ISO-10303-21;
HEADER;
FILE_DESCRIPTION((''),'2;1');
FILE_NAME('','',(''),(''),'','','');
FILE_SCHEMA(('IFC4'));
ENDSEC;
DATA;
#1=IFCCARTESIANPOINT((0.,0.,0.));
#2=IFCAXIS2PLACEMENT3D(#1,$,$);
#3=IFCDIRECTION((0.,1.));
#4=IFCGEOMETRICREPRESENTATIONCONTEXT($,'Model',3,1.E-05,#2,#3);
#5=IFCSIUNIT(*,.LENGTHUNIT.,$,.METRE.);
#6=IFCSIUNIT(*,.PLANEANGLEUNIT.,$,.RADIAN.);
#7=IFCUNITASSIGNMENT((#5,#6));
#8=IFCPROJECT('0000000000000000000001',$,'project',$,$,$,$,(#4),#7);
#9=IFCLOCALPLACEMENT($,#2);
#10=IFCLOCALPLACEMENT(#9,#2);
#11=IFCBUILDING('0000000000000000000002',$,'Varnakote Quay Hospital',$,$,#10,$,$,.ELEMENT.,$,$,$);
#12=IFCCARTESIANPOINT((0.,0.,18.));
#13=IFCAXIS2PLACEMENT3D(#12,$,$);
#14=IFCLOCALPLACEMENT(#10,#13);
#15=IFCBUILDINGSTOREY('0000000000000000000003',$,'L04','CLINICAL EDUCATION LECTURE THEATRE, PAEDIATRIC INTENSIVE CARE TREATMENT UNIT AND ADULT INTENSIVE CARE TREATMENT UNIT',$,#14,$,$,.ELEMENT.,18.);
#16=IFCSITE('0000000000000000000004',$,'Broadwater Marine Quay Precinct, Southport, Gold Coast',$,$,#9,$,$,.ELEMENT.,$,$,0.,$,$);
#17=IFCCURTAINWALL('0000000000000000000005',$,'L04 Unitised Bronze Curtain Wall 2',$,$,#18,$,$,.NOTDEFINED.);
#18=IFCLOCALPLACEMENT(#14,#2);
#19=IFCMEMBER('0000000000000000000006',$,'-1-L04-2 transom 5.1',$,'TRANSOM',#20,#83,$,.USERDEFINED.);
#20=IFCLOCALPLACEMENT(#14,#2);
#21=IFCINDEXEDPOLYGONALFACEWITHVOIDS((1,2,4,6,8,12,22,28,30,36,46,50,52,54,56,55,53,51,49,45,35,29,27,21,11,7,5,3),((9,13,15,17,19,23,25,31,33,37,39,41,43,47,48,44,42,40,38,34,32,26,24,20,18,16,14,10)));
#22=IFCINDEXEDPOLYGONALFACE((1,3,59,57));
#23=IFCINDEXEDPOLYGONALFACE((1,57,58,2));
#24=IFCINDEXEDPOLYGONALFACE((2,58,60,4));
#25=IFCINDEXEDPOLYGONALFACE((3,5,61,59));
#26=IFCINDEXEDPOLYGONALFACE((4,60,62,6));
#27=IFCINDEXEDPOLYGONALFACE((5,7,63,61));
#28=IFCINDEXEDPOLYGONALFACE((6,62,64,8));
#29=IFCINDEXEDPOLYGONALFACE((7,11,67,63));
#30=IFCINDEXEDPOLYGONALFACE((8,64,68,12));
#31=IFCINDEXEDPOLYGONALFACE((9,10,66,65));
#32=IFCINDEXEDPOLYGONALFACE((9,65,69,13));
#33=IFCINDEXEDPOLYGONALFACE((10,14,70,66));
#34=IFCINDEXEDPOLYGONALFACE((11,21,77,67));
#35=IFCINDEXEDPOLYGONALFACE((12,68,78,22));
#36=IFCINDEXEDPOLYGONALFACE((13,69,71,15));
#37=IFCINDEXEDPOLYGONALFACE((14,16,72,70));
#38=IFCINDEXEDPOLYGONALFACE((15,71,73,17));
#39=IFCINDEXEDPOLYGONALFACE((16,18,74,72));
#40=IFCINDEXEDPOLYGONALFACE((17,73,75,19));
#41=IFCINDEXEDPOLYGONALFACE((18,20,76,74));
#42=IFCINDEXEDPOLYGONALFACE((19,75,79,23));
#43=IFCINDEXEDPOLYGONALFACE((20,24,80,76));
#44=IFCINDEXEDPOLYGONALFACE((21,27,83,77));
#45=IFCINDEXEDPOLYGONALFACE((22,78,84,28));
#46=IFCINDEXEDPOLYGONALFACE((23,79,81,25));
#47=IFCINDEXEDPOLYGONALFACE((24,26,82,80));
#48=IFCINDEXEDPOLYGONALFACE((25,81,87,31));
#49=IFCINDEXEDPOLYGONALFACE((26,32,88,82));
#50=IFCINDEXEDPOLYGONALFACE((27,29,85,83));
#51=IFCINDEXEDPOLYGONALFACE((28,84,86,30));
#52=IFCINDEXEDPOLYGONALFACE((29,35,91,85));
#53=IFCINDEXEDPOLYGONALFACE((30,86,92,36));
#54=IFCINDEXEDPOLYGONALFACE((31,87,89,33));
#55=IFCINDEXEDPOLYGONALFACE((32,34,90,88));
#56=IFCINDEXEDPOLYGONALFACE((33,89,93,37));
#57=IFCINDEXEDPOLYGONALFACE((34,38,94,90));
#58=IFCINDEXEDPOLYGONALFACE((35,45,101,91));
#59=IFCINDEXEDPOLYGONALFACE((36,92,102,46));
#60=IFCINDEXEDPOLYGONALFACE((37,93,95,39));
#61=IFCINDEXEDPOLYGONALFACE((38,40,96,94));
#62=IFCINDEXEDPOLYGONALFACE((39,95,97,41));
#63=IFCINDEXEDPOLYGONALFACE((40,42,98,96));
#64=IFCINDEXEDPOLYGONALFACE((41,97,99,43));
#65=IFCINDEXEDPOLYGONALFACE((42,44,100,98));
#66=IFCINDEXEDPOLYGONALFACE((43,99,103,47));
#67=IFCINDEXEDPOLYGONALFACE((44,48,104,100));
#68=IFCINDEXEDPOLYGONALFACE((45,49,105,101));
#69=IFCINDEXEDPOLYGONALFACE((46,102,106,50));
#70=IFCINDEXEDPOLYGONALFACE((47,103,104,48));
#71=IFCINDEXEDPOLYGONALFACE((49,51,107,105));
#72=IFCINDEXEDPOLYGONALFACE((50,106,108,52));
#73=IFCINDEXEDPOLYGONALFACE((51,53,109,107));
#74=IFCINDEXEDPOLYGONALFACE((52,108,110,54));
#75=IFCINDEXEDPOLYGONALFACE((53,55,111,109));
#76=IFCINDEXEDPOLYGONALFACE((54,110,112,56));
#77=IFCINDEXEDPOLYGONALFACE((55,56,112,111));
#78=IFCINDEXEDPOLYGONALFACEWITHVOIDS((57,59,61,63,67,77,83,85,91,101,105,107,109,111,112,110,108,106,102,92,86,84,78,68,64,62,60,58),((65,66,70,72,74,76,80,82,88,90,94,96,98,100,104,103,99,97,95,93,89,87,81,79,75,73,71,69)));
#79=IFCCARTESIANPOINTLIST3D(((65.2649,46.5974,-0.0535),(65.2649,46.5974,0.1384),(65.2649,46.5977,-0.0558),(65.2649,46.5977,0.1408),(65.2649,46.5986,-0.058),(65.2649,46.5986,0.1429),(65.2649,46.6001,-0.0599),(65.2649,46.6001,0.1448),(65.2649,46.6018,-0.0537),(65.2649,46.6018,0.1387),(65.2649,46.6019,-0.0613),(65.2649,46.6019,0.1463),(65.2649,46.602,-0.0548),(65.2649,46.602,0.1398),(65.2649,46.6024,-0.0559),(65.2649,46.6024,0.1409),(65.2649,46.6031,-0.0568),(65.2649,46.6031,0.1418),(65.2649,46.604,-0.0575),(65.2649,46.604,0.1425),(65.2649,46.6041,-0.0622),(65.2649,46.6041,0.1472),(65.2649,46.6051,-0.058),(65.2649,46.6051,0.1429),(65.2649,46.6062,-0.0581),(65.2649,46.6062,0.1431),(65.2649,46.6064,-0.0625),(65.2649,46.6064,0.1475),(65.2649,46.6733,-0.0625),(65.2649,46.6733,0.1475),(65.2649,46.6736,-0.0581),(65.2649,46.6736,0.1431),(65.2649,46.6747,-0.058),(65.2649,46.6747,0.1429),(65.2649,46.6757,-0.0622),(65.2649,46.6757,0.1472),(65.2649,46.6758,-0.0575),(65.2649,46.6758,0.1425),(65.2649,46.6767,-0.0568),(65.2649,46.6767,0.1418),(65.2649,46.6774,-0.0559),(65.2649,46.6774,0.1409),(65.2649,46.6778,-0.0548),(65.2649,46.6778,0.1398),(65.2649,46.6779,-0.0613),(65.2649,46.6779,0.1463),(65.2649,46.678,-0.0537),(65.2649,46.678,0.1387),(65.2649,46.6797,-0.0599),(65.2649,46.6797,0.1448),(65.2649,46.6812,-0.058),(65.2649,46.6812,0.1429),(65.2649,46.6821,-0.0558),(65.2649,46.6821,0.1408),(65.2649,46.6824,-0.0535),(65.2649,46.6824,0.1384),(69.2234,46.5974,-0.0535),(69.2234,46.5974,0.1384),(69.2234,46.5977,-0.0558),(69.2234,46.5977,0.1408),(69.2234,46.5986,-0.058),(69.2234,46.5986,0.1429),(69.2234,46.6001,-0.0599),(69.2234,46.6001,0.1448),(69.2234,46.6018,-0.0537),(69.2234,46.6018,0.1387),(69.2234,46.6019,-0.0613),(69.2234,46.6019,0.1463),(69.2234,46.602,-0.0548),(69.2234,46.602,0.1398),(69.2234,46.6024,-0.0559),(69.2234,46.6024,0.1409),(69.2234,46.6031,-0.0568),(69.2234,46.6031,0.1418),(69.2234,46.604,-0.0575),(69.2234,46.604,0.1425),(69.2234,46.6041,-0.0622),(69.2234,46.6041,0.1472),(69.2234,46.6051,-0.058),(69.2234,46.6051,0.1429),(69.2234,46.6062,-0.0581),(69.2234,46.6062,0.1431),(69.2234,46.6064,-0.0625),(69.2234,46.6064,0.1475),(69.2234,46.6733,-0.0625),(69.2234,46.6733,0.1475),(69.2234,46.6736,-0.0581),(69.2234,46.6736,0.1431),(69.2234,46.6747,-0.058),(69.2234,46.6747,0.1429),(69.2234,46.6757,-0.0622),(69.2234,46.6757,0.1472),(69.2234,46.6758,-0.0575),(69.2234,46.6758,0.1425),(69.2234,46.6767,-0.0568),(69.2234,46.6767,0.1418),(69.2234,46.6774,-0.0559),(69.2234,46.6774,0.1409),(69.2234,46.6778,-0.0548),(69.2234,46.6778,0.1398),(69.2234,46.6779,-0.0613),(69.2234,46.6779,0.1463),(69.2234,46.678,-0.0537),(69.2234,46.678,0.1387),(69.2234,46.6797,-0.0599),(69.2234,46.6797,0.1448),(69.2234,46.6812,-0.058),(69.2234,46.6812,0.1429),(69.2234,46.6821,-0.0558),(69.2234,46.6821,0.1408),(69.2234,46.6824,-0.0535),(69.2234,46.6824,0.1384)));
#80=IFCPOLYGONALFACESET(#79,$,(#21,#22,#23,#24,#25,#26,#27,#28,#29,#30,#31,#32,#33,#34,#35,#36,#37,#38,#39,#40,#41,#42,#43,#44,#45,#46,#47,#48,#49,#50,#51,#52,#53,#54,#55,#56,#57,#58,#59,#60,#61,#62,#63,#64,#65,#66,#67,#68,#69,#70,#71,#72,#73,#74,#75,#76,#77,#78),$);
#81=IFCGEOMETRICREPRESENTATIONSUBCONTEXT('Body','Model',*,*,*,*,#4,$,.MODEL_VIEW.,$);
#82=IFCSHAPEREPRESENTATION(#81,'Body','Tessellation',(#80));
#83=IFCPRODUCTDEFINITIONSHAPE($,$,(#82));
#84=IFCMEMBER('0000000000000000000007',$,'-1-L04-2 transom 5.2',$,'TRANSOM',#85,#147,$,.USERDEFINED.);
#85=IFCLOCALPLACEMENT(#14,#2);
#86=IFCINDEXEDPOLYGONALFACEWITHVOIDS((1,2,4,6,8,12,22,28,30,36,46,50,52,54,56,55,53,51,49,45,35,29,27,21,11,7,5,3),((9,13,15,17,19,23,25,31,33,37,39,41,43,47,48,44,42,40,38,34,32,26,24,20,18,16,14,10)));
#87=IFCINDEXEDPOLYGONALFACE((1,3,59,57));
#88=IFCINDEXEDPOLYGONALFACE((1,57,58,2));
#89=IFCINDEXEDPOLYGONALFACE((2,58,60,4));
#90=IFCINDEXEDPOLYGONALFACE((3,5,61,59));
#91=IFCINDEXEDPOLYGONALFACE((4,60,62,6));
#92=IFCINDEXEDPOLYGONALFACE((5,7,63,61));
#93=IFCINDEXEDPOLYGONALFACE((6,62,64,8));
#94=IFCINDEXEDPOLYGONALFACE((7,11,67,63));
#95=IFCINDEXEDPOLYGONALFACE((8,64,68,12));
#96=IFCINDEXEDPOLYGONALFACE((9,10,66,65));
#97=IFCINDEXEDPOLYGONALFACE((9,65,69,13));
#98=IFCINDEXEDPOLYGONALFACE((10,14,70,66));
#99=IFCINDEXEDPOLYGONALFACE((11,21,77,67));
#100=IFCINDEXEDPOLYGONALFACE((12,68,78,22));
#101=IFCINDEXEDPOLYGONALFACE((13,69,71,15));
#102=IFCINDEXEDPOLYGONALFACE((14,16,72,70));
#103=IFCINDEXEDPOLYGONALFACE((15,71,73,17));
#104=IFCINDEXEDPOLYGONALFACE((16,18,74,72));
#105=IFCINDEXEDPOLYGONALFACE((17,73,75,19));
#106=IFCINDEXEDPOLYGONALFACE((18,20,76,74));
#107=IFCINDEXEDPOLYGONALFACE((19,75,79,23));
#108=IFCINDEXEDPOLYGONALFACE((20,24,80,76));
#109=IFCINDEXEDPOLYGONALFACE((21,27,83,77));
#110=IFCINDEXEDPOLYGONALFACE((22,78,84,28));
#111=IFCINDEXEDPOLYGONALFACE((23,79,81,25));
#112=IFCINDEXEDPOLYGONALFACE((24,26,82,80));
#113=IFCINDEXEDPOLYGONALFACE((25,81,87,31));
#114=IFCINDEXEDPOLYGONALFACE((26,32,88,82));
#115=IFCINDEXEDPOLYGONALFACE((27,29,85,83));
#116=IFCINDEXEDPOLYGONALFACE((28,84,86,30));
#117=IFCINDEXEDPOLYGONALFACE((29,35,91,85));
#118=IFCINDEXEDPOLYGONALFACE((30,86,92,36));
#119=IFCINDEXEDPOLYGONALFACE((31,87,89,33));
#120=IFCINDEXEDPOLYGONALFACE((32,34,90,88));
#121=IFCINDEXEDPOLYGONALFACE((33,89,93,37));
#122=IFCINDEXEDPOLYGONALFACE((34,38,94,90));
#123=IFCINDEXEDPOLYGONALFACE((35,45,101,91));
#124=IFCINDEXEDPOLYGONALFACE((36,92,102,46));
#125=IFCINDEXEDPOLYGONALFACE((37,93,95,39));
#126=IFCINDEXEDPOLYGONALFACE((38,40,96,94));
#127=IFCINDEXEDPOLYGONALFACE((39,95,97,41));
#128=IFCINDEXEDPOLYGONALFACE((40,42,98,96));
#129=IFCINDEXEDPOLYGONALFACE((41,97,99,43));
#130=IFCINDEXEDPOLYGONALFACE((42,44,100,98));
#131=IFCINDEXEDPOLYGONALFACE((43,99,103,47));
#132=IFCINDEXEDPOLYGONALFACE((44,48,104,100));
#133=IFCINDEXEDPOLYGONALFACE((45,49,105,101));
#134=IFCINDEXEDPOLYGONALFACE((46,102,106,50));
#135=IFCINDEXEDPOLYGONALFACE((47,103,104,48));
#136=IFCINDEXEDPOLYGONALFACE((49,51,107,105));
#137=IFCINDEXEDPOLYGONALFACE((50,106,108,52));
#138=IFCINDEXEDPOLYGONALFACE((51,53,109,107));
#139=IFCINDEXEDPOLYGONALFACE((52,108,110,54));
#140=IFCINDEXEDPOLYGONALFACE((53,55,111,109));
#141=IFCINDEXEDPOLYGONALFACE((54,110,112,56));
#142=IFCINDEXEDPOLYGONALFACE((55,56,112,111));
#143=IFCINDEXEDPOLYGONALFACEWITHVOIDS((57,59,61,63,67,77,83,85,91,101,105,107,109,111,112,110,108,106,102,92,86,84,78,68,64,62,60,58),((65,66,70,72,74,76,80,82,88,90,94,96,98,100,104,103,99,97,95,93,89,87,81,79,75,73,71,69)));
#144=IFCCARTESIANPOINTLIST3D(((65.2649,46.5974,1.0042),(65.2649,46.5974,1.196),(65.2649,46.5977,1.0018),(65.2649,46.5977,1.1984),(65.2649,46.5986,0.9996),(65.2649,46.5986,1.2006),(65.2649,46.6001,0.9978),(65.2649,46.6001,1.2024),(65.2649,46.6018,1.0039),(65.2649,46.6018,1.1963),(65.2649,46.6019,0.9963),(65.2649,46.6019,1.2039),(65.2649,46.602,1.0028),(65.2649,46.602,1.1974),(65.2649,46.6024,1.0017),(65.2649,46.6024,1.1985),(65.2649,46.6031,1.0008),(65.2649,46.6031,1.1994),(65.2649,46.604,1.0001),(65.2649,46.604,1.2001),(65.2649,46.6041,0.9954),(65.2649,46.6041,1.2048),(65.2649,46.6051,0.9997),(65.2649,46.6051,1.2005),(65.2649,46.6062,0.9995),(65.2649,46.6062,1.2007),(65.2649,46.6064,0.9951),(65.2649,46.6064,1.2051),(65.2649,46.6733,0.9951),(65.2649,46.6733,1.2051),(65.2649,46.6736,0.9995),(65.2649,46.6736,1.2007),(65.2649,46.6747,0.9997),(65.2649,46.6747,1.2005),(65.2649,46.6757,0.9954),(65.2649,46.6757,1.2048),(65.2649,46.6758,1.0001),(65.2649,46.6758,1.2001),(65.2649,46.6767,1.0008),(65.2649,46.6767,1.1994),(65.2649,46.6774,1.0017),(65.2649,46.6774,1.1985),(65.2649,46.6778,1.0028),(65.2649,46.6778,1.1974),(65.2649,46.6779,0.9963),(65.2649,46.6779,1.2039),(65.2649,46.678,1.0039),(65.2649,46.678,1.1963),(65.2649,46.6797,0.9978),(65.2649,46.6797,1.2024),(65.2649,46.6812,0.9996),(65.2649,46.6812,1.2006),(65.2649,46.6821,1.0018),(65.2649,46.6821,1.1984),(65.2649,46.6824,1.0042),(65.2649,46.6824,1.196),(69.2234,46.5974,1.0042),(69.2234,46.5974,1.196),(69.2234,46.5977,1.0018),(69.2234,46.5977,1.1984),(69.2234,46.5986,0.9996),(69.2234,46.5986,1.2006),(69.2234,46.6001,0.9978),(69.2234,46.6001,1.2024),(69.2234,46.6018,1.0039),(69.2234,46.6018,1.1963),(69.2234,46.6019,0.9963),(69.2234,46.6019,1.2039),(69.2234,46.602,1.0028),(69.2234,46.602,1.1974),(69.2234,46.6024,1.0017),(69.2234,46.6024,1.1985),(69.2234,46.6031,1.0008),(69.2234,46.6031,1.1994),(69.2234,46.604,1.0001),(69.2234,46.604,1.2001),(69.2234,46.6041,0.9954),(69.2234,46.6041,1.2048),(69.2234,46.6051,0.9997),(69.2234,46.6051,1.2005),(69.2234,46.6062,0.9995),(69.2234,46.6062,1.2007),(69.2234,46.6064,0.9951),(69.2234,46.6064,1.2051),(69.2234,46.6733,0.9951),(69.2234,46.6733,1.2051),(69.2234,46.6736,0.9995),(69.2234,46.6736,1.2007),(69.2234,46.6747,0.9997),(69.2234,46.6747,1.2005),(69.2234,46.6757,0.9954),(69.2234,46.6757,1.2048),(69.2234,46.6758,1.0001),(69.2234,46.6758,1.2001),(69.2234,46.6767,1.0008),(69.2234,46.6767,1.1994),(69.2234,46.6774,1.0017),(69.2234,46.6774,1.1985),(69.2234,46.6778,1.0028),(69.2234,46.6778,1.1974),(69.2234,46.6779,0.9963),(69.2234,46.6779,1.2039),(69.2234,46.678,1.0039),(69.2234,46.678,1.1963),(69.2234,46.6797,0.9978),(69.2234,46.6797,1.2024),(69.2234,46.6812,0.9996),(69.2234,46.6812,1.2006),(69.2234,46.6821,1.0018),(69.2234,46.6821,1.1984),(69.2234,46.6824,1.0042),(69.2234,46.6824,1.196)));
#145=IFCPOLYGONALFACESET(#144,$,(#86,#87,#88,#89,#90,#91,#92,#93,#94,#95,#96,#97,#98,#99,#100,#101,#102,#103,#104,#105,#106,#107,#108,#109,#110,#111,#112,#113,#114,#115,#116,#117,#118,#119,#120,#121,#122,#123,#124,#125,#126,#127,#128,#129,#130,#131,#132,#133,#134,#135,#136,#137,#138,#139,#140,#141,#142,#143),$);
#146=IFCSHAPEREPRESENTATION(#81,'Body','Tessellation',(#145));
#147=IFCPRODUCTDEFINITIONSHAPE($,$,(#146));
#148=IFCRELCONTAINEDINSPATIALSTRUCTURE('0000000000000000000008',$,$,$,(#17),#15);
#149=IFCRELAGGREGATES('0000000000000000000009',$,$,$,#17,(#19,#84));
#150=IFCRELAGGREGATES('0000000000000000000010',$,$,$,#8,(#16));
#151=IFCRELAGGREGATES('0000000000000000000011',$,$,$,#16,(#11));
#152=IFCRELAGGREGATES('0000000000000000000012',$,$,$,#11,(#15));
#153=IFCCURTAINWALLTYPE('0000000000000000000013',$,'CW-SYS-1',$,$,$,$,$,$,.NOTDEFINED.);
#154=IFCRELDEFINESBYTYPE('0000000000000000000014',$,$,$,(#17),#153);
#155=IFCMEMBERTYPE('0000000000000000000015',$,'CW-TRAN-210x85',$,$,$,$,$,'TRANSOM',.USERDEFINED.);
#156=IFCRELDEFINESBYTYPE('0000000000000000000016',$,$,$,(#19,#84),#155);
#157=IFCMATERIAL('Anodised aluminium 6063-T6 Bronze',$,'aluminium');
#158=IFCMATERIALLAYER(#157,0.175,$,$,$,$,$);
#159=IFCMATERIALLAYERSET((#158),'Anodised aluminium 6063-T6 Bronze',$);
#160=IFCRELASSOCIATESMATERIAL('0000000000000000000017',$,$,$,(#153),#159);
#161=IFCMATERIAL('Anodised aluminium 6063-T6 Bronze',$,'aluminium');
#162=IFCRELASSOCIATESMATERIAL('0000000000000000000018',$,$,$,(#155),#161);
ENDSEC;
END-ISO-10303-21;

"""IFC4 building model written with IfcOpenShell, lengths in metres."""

from ifc_helpers import new_model, si_unit, direction, frame, origin, origin_2d, place, context, subcontext, project, spatial, hollow_rectangle, extrude, material, layer, layer_set, material_profile, profile_set, type_object, element, aggregate, save


model = new_model("IFC4")

# Units and contexts
model_context = context("Model", 3, precision=1e-05, world=origin(), true_north=direction((0.0, 1.0)))
body_context = subcontext(model_context, "Body", "Model", "MODEL_VIEW")
ifc_project = project(units=[si_unit("LENGTHUNIT", "METRE"), si_unit("PLANEANGLEUNIT", "RADIAN")], contexts=[model_context])

# Site, building, storey
site_placement = place(None, origin())
site = spatial("IfcSite", under=ifc_project, at=site_placement, Name="Broadwater Marine Quay Precinct, Southport, Gold Coast", CompositionType="ELEMENT", RefElevation=0.0)
building_placement = place(site_placement, origin())
building = spatial("IfcBuilding", under=site, at=building_placement, Name="Varnakote Quay Hospital", CompositionType="ELEMENT")
storey_placement = place(building_placement, frame((0.0, 0.0, 18.0)))
storey = spatial("IfcBuildingStorey", under=building, at=storey_placement, Name="L04", Description="CLINICAL EDUCATION LECTURE THEATRE, PAEDIATRIC INTENSIVE CARE TREATMENT UNIT AND ADULT INTENSIVE CARE TREATMENT UNIT", CompositionType="ELEMENT", Elevation=18.0)

# Curtain wall, members
ifc_material_1 = material(Name="Anodised aluminium 6063-T6 Bronze", Category="aluminium")
ifc_layer_1 = layer(ifc_material_1, 0.175)
ifc_layer_set_1 = layer_set([ifc_layer_1], Name="Anodised aluminium 6063-T6 Bronze")
curtain_wall_type = type_object("IfcCurtainWallType", Name="CW-SYS-1", PredefinedType="NOTDEFINED", material=ifc_layer_set_1)
curtain_wall_placement = place(storey_placement, origin())
curtain_wall = element("IfcCurtainWall", 1, at=curtain_wall_placement, inside=storey, type_object=curtain_wall_type, Name="L04 Unitised Bronze Curtain Wall 2", PredefinedType="NOTDEFINED")
ifc_material_2 = material(Name="Anodised aluminium 6063-T6 Bronze", Category="aluminium")
ifc_material_profile_1 = material_profile(ifc_material_2, hollow_rectangle(XDim=0.085, YDim=0.21, WallThickness=0.0044, InnerFilletRadius=0.0044, OuterFilletRadius=0.009, at=origin_2d()), Name="CW-TRAN-210x85")
ifc_profile_set_1 = profile_set([ifc_material_profile_1], Name="Anodised aluminium 6063-T6 Bronze")
member_type_1 = type_object("IfcMemberType", Name="CW-TRAN-210x85", ElementType="TRANSOM", PredefinedType="USERDEFINED", material=ifc_profile_set_1)
member_1_placement = place(storey_placement, frame((69.2234, 46.6399, 0.0425), z_axis=(-1.0, 0.0, 0.0), x_axis=(0.0, -1.0, 0.0)))
member_1 = element("IfcMember", 2, at=member_1_placement, type_object=member_type_1, Name="-1-L04-2 transom 5.1", ObjectType="TRANSOM", PredefinedType="USERDEFINED", context=body_context, shape_type="SweptSolid", body=[
    extrude(hollow_rectangle(XDim=0.085, YDim=0.21, WallThickness=0.0044, InnerFilletRadius=0.0044, OuterFilletRadius=0.009, at=origin_2d()), origin(), (0.0, 0.0, 1.0), 3.9585),
])
member_2_placement = place(storey_placement, frame((69.2234, 46.6399, 1.1001), z_axis=(-1.0, 0.0, 0.0), x_axis=(0.0, -1.0, 0.0)))
member_2 = element("IfcMember", 3, at=member_2_placement, type_object=member_type_1, Name="-1-L04-2 transom 5.2", ObjectType="TRANSOM", PredefinedType="USERDEFINED", context=body_context, shape_type="SweptSolid", body=[
    extrude(hollow_rectangle(XDim=0.085, YDim=0.21, WallThickness=0.0044, InnerFilletRadius=0.0044, OuterFilletRadius=0.009, at=origin_2d()), origin(), (0.0, 0.0, 1.0), 3.9585),
])

aggregate(curtain_wall, [member_1, member_2])

save(model, "model.ifc")
